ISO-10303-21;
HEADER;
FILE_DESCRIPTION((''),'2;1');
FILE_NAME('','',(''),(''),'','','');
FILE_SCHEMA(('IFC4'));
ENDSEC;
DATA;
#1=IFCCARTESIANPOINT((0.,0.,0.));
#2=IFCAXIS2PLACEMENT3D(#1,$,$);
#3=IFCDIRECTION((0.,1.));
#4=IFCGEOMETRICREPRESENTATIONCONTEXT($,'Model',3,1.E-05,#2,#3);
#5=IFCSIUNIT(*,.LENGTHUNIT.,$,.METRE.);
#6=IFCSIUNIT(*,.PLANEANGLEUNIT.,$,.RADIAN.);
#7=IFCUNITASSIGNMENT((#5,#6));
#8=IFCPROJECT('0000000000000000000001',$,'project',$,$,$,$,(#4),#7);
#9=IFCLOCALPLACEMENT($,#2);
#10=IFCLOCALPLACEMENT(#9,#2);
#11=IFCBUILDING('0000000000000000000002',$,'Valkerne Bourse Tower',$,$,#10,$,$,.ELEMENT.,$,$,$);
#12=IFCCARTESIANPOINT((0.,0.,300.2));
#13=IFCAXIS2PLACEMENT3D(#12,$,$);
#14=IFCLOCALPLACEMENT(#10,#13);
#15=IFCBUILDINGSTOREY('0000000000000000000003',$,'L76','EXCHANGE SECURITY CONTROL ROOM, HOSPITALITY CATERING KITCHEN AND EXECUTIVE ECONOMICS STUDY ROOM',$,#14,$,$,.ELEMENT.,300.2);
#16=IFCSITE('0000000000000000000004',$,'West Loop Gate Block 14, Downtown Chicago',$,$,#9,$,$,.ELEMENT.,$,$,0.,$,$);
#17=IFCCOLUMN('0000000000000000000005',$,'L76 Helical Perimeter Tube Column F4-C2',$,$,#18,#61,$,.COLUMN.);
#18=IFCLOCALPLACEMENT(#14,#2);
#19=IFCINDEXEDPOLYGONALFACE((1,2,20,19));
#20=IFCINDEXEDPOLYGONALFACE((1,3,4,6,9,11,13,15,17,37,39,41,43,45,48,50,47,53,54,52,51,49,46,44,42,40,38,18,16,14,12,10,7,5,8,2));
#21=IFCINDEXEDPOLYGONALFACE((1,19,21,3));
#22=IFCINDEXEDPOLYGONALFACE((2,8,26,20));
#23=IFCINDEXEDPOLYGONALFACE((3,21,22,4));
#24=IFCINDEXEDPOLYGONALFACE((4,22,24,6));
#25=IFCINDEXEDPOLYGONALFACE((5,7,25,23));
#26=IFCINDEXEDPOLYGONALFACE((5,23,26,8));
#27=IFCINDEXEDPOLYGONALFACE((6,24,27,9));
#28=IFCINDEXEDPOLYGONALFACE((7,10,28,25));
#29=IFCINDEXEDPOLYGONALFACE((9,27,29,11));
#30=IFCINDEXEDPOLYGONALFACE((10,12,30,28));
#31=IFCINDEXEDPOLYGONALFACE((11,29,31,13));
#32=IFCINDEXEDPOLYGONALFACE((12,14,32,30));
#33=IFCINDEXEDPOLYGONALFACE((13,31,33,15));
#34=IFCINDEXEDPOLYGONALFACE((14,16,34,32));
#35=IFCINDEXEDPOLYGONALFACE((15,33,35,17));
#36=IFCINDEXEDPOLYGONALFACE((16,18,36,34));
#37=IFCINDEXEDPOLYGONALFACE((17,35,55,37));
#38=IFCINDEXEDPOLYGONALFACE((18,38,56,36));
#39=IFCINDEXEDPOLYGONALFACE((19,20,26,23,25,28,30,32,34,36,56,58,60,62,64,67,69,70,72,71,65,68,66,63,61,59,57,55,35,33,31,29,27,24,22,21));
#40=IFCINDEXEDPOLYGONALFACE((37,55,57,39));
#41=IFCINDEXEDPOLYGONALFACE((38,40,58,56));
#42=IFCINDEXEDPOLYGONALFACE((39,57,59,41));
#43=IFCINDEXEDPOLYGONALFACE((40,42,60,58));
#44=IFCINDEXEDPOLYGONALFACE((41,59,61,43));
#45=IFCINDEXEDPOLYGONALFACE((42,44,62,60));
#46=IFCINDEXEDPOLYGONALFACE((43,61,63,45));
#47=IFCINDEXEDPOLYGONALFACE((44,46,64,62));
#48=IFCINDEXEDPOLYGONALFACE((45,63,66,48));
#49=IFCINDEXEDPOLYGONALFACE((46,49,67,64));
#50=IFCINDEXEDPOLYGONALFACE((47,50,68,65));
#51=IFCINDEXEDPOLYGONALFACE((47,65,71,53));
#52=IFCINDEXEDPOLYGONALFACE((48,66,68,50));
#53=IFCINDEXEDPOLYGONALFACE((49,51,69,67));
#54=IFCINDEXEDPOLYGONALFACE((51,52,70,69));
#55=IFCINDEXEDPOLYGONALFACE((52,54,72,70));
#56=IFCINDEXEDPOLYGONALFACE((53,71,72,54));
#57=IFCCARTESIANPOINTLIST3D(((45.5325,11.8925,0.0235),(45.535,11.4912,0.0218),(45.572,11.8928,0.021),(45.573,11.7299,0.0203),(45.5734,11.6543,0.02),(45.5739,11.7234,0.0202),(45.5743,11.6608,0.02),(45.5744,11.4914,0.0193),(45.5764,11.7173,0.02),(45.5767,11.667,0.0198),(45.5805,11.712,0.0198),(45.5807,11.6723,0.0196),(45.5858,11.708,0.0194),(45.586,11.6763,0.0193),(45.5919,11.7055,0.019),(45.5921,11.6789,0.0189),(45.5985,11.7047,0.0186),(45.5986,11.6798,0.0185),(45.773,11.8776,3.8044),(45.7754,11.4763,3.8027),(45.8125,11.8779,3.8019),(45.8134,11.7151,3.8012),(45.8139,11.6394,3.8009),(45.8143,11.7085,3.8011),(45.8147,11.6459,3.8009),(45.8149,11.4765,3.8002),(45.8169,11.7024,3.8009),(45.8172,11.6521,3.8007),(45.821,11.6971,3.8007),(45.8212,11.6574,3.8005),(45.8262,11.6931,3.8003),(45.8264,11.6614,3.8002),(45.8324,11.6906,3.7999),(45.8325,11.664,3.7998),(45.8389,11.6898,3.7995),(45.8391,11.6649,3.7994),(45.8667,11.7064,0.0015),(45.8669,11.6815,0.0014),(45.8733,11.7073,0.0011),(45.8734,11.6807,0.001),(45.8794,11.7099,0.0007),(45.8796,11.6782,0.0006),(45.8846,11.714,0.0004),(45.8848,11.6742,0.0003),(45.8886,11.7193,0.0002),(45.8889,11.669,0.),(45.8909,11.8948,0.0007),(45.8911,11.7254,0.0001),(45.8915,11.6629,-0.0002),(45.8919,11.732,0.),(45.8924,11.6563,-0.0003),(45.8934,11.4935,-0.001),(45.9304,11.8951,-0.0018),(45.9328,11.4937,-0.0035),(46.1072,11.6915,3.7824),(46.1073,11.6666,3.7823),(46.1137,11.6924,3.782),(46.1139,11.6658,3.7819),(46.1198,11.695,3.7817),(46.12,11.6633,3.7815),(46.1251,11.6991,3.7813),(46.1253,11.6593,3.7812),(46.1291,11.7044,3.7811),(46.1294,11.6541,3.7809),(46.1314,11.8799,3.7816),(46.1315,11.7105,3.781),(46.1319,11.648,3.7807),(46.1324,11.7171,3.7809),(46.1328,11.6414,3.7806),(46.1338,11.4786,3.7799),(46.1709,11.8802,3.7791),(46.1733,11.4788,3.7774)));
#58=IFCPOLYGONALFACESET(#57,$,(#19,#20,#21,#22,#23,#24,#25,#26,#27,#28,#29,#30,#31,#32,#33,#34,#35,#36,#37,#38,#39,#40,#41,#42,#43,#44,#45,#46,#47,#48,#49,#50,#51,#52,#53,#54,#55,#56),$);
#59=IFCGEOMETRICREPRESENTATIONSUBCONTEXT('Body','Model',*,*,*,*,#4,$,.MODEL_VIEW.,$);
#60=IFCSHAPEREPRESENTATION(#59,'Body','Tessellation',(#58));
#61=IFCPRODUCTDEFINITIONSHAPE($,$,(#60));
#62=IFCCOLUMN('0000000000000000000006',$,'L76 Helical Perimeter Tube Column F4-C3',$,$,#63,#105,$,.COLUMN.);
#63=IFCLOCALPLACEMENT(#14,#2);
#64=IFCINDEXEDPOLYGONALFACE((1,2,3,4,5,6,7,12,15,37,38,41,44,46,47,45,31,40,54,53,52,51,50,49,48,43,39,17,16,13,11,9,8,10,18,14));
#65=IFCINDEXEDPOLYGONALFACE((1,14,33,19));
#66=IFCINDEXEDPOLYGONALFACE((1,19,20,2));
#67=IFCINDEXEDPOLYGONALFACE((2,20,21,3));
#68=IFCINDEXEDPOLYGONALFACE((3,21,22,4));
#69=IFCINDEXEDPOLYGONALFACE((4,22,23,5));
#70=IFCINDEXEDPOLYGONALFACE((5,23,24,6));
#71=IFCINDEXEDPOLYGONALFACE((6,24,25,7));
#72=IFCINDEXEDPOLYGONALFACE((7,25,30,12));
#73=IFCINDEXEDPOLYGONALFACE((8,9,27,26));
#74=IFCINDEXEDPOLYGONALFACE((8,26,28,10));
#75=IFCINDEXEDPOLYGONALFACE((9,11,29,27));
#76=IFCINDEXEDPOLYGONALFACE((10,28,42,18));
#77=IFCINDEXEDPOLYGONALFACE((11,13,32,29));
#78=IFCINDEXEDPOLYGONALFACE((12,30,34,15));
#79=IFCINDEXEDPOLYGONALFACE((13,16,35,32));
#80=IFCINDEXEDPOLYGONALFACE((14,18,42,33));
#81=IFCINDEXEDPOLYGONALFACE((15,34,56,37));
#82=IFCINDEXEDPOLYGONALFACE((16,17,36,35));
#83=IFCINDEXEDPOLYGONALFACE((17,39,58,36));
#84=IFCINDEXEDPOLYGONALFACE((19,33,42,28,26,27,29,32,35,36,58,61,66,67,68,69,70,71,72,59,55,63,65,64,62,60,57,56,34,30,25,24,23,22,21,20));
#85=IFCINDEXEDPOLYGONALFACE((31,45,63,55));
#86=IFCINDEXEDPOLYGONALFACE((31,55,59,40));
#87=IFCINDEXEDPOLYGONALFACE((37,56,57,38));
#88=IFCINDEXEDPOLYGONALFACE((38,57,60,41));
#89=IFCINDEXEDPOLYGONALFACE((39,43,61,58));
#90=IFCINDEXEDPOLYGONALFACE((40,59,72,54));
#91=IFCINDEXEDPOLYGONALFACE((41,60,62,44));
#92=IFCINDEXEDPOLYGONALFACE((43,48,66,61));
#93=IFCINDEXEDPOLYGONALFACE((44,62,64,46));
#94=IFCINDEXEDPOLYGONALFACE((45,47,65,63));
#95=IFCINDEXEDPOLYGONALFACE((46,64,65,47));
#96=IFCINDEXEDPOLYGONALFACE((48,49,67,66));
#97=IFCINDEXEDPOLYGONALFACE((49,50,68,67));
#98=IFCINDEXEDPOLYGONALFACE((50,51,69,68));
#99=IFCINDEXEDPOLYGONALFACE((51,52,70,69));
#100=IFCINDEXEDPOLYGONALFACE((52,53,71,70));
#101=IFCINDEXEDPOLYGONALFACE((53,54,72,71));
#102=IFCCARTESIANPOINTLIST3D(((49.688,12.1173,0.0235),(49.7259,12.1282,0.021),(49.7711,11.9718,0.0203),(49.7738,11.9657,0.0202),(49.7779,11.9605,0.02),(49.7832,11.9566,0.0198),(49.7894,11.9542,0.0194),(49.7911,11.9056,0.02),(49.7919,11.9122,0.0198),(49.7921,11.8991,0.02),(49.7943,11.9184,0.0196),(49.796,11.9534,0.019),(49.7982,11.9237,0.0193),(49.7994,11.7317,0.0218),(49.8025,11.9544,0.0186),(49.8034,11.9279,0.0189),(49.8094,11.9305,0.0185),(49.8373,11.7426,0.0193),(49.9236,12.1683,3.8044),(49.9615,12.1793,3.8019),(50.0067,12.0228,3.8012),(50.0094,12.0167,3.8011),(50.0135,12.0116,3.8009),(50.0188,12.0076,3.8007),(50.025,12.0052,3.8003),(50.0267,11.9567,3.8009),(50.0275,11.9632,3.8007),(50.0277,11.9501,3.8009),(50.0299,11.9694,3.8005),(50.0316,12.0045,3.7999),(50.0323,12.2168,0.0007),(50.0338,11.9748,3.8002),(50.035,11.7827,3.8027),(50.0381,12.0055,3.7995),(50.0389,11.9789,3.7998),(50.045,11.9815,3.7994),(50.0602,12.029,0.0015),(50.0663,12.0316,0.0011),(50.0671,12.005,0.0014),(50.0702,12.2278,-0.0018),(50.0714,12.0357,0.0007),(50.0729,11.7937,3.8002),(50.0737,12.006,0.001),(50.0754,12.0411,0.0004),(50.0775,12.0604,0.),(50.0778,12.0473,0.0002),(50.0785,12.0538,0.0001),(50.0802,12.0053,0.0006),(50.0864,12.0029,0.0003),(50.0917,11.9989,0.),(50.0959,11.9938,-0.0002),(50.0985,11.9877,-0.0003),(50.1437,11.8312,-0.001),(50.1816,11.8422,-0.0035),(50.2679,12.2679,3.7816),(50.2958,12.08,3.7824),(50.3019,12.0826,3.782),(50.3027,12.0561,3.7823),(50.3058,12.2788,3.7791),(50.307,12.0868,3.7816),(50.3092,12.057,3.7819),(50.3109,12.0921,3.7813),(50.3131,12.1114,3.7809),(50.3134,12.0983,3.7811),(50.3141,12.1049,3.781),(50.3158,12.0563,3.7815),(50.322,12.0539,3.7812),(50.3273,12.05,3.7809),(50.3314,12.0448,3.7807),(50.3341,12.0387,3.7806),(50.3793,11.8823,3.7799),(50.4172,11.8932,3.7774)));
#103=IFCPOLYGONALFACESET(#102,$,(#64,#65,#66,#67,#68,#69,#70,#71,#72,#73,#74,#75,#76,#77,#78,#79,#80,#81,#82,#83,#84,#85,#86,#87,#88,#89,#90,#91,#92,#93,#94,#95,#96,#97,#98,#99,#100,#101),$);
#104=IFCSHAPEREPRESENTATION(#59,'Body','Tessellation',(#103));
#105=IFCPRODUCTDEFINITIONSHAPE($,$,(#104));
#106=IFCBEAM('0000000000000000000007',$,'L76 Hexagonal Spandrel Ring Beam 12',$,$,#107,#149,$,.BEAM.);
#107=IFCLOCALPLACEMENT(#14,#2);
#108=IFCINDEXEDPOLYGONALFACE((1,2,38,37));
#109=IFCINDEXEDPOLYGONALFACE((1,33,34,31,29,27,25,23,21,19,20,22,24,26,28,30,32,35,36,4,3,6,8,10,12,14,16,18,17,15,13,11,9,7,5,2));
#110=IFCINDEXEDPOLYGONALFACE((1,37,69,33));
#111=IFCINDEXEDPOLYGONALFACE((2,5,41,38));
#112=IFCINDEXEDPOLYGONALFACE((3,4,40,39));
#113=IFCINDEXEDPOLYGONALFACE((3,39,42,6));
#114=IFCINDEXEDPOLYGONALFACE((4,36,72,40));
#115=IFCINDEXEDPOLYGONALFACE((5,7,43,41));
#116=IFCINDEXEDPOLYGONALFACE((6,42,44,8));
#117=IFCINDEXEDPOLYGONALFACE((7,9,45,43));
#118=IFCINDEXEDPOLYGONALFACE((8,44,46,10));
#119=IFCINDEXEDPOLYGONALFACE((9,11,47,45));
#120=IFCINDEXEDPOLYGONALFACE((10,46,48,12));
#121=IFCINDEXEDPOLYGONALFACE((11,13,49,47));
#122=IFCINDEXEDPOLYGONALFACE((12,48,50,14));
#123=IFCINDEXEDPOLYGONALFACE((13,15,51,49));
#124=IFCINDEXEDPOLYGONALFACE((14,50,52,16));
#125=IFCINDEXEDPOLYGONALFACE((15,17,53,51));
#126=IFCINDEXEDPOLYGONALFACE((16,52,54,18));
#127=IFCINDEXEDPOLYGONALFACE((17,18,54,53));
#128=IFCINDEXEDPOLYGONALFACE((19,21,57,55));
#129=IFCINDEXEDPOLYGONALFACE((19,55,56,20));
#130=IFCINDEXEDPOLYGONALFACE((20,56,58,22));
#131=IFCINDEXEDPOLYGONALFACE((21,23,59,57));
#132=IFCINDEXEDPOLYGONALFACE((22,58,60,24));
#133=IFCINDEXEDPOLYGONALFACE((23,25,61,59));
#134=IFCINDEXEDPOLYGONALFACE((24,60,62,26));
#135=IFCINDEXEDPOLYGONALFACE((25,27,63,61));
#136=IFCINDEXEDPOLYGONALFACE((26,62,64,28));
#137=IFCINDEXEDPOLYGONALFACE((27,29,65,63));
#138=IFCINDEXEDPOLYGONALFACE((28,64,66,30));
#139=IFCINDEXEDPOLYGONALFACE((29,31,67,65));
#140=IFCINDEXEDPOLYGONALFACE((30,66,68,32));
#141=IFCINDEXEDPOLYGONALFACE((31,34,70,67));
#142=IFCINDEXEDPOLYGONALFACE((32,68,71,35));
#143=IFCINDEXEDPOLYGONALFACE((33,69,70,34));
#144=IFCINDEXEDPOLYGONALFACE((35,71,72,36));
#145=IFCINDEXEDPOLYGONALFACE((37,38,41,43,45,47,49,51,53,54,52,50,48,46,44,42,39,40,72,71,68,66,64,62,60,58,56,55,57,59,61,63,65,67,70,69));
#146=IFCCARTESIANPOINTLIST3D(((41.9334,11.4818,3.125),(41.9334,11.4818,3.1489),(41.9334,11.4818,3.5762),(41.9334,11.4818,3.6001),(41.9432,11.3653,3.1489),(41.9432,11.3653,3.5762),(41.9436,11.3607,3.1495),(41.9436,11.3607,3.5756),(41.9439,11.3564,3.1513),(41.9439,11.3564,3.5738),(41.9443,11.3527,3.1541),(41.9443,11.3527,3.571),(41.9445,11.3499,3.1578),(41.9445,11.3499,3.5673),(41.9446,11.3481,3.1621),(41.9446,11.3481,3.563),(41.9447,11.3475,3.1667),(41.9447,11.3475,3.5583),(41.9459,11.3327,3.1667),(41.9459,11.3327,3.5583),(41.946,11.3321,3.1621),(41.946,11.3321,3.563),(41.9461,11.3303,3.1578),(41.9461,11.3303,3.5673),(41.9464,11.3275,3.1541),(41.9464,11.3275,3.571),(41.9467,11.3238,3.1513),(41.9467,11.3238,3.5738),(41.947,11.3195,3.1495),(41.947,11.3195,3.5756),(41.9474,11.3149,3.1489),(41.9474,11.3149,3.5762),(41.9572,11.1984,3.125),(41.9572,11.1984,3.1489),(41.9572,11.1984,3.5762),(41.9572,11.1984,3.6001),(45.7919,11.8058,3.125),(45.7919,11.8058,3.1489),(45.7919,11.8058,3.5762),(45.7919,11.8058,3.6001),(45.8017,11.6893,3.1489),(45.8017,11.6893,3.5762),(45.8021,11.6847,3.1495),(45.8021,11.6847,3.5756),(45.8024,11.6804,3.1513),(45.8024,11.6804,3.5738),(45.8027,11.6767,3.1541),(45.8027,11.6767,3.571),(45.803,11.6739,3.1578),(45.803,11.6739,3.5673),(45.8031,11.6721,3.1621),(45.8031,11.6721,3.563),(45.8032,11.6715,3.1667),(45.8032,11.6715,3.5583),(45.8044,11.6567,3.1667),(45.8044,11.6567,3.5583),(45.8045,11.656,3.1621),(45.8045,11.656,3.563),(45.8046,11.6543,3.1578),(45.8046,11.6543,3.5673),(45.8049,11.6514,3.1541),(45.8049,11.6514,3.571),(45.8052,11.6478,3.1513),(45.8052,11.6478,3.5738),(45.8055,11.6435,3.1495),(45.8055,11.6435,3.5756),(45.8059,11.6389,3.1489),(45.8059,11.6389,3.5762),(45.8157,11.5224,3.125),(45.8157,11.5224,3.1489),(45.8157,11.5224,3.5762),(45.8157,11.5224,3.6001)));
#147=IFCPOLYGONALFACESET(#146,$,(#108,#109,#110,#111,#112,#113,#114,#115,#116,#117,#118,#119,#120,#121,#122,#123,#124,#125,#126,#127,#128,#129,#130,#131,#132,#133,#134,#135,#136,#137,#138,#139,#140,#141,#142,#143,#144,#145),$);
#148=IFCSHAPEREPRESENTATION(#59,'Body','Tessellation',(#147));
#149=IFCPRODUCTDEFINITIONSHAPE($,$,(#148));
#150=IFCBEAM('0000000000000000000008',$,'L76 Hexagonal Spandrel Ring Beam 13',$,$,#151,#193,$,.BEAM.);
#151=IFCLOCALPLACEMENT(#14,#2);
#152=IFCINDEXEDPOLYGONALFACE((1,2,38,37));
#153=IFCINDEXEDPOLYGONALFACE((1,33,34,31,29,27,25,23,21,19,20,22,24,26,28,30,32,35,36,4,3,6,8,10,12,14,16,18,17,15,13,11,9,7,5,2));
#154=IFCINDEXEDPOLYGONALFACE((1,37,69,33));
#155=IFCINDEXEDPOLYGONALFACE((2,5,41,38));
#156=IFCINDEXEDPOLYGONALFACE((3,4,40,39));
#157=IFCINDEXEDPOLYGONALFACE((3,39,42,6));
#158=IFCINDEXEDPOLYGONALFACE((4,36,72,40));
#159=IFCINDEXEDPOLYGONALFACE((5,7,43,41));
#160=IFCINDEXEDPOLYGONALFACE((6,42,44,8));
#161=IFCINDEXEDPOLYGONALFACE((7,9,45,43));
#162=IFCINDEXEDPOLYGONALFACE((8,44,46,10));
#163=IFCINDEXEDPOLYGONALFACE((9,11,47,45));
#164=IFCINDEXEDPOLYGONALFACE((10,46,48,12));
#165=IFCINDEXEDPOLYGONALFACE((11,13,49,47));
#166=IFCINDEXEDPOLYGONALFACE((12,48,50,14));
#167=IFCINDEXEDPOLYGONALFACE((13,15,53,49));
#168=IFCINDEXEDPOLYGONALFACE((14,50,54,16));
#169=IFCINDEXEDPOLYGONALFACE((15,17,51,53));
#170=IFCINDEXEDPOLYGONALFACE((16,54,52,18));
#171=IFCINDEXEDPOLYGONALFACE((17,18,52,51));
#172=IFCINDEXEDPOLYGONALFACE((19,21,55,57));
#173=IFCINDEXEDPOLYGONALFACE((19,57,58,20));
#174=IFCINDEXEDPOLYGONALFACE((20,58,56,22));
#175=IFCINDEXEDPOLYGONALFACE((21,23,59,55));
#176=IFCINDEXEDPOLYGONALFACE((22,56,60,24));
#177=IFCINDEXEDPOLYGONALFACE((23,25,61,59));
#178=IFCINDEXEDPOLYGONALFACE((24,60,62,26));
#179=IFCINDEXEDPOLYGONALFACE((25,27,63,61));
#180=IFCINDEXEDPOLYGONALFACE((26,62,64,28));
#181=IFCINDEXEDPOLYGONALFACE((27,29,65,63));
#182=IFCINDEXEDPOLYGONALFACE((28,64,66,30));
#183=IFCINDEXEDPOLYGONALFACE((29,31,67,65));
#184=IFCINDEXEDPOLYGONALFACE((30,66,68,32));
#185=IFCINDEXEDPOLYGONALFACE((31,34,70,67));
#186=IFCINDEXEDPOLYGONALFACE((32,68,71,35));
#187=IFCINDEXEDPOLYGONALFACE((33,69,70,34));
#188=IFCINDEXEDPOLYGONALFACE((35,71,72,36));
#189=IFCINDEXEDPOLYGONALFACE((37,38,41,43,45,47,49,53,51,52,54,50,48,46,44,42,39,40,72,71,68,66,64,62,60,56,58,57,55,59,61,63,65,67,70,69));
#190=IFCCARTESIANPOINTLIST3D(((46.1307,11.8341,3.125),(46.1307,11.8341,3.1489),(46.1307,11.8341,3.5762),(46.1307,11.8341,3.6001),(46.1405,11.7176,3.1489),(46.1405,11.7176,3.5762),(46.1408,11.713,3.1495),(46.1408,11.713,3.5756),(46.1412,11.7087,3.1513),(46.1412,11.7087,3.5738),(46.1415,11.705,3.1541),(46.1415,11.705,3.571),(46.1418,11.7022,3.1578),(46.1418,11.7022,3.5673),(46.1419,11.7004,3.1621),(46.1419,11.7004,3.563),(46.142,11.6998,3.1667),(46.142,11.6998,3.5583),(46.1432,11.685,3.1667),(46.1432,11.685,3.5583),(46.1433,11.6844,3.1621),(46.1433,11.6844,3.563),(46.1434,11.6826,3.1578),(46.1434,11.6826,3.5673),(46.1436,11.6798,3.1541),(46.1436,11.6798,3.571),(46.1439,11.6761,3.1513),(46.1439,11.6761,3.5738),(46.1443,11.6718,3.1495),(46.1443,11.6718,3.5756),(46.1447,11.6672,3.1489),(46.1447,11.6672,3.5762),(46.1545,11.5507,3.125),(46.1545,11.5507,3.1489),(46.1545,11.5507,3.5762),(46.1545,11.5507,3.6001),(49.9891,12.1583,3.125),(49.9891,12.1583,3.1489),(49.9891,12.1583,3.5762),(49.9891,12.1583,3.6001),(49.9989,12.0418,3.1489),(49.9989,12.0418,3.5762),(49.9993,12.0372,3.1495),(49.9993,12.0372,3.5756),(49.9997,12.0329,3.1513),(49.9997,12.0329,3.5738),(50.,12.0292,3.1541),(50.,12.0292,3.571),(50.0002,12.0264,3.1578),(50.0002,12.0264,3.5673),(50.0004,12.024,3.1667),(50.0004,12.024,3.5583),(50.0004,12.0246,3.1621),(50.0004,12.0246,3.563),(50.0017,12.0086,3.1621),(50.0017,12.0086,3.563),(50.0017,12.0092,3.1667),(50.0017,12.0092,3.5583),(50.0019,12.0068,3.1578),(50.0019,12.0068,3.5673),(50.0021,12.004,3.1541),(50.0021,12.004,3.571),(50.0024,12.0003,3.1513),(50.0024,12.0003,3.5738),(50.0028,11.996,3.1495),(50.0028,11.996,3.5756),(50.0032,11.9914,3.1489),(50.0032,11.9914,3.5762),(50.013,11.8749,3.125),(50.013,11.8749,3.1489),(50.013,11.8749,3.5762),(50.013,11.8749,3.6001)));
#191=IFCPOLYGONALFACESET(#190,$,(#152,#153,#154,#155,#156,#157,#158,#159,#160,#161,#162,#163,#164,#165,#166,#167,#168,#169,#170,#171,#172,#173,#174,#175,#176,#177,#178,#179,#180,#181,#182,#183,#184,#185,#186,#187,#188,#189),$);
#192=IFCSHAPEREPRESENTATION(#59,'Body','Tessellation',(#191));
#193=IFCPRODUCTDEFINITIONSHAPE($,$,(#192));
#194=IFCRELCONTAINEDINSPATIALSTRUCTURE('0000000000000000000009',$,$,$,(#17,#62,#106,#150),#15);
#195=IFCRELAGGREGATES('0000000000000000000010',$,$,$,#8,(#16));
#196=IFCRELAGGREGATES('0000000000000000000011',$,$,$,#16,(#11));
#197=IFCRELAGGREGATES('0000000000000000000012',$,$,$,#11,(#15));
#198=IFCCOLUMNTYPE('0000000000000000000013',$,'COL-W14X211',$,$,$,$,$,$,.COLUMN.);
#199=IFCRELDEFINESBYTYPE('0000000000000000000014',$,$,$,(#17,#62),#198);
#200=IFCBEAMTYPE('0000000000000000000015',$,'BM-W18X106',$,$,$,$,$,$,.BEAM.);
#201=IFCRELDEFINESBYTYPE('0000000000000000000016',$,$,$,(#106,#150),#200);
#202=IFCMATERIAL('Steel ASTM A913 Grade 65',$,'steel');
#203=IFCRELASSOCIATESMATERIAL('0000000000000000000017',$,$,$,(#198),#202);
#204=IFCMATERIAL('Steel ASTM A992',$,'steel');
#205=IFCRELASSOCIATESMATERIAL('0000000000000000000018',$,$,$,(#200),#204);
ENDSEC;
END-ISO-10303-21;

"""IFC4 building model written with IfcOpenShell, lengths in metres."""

from ifc_helpers import new_model, si_unit, direction, frame, origin, origin_2d, place, context, subcontext, project, spatial, i_section, extrude, material, material_profile, profile_set, type_object, element, save


model = new_model("IFC4")

# Units and contexts
model_context = context("Model", 3, precision=1e-05, world=origin(), true_north=direction((0.0, 1.0)))
body_context = subcontext(model_context, "Body", "Model", "MODEL_VIEW")
ifc_project = project(units=[si_unit("LENGTHUNIT", "METRE"), si_unit("PLANEANGLEUNIT", "RADIAN")], contexts=[model_context])

# Site, building, storey
site_placement = place(None, origin())
site = spatial("IfcSite", under=ifc_project, at=site_placement, Name="West Loop Gate Block 14, Downtown Chicago", CompositionType="ELEMENT", RefElevation=0.0)
building_placement = place(site_placement, origin())
building = spatial("IfcBuilding", under=site, at=building_placement, Name="Valkerne Bourse Tower", CompositionType="ELEMENT")
storey_placement = place(building_placement, frame((0.0, 0.0, 300.2)))
storey = spatial("IfcBuildingStorey", under=building, at=storey_placement, Name="L76", Description="EXCHANGE SECURITY CONTROL ROOM, HOSPITALITY CATERING KITCHEN AND EXECUTIVE ECONOMICS STUDY ROOM", CompositionType="ELEMENT", Elevation=300.2)

# Columns
ifc_material_1 = material(Name="Steel ASTM A913 Grade 65", Category="steel")
ifc_material_profile_1 = material_profile(ifc_material_1, i_section(OverallWidth=0.4014, OverallDepth=0.3987, WebThickness=0.0249, FlangeThickness=0.0396, FilletRadius=0.0254, at=origin_2d()), Name="W14X211")
ifc_profile_set_1 = profile_set([ifc_material_profile_1], Name="Steel ASTM A913 Grade 65")
column_type = type_object("IfcColumnType", Name="COL-W14X211", PredefinedType="COLUMN", material=ifc_profile_set_1)
for number, where, z_axis, x_axis, name in (
    (1, (45.7327, 11.6931, 0.01), (0.063473, -0.003931, 0.997976), (-0.00608, 0.999972, 0.004325), "L76 Helical Perimeter Tube Column F4-C2"),
    (2, (49.9348, 11.9797, 0.01), (0.062184, 0.013468, 0.997974), (-0.277522, 0.96071, 0.004328), "L76 Helical Perimeter Tube Column F4-C3"),
):
    element("IfcColumn", number, at=place(storey_placement, frame(where, z_axis=z_axis, x_axis=x_axis)), inside=storey, type_object=column_type, Name=name, PredefinedType="COLUMN", context=body_context, shape_type="SweptSolid", body=[
        extrude(i_section(OverallWidth=0.4014, OverallDepth=0.3987, WebThickness=0.0249, FlangeThickness=0.0396, FilletRadius=0.0254, at=origin_2d()), origin(), (0.0, 0.0, 1.0), 3.7886),
    ])

# Beams
ifc_material_2 = material(Name="Steel ASTM A992", Category="steel")
ifc_material_profile_2 = material_profile(ifc_material_2, i_section(OverallWidth=0.2844, OverallDepth=0.4751, WebThickness=0.0149, FlangeThickness=0.0239, FilletRadius=0.0178, at=origin_2d()), Name="W18X106")
ifc_profile_set_2 = profile_set([ifc_material_profile_2], Name="Steel ASTM A992")
beam_type_1 = type_object("IfcBeamType", Name="BM-W18X106", PredefinedType="BEAM", material=ifc_profile_set_2)
for number, where, z_axis, x_axis, name in (
    (3, (41.9453, 11.3401, 3.3625), (0.996493, 0.083672, 0.0), (-0.083672, 0.996493, 0.0), "L76 Hexagonal Spandrel Ring Beam 12"),
    (4, (46.1426, 11.6924, 3.3625), (0.996488, 0.083734, 0.0), (-0.083734, 0.996488, 0.0), "L76 Hexagonal Spandrel Ring Beam 13"),
):
    element("IfcBeam", number, at=place(storey_placement, frame(where, z_axis=z_axis, x_axis=x_axis)), inside=storey, type_object=beam_type_1, Name=name, PredefinedType="BEAM", context=body_context, shape_type="SweptSolid", body=[
        extrude(i_section(OverallWidth=0.2844, OverallDepth=0.4751, WebThickness=0.0149, FlangeThickness=0.0239, FilletRadius=0.0178, at=origin_2d()), origin(), (0.0, 0.0, 1.0), 3.8721),
    ])

save(model, "model.ifc")
